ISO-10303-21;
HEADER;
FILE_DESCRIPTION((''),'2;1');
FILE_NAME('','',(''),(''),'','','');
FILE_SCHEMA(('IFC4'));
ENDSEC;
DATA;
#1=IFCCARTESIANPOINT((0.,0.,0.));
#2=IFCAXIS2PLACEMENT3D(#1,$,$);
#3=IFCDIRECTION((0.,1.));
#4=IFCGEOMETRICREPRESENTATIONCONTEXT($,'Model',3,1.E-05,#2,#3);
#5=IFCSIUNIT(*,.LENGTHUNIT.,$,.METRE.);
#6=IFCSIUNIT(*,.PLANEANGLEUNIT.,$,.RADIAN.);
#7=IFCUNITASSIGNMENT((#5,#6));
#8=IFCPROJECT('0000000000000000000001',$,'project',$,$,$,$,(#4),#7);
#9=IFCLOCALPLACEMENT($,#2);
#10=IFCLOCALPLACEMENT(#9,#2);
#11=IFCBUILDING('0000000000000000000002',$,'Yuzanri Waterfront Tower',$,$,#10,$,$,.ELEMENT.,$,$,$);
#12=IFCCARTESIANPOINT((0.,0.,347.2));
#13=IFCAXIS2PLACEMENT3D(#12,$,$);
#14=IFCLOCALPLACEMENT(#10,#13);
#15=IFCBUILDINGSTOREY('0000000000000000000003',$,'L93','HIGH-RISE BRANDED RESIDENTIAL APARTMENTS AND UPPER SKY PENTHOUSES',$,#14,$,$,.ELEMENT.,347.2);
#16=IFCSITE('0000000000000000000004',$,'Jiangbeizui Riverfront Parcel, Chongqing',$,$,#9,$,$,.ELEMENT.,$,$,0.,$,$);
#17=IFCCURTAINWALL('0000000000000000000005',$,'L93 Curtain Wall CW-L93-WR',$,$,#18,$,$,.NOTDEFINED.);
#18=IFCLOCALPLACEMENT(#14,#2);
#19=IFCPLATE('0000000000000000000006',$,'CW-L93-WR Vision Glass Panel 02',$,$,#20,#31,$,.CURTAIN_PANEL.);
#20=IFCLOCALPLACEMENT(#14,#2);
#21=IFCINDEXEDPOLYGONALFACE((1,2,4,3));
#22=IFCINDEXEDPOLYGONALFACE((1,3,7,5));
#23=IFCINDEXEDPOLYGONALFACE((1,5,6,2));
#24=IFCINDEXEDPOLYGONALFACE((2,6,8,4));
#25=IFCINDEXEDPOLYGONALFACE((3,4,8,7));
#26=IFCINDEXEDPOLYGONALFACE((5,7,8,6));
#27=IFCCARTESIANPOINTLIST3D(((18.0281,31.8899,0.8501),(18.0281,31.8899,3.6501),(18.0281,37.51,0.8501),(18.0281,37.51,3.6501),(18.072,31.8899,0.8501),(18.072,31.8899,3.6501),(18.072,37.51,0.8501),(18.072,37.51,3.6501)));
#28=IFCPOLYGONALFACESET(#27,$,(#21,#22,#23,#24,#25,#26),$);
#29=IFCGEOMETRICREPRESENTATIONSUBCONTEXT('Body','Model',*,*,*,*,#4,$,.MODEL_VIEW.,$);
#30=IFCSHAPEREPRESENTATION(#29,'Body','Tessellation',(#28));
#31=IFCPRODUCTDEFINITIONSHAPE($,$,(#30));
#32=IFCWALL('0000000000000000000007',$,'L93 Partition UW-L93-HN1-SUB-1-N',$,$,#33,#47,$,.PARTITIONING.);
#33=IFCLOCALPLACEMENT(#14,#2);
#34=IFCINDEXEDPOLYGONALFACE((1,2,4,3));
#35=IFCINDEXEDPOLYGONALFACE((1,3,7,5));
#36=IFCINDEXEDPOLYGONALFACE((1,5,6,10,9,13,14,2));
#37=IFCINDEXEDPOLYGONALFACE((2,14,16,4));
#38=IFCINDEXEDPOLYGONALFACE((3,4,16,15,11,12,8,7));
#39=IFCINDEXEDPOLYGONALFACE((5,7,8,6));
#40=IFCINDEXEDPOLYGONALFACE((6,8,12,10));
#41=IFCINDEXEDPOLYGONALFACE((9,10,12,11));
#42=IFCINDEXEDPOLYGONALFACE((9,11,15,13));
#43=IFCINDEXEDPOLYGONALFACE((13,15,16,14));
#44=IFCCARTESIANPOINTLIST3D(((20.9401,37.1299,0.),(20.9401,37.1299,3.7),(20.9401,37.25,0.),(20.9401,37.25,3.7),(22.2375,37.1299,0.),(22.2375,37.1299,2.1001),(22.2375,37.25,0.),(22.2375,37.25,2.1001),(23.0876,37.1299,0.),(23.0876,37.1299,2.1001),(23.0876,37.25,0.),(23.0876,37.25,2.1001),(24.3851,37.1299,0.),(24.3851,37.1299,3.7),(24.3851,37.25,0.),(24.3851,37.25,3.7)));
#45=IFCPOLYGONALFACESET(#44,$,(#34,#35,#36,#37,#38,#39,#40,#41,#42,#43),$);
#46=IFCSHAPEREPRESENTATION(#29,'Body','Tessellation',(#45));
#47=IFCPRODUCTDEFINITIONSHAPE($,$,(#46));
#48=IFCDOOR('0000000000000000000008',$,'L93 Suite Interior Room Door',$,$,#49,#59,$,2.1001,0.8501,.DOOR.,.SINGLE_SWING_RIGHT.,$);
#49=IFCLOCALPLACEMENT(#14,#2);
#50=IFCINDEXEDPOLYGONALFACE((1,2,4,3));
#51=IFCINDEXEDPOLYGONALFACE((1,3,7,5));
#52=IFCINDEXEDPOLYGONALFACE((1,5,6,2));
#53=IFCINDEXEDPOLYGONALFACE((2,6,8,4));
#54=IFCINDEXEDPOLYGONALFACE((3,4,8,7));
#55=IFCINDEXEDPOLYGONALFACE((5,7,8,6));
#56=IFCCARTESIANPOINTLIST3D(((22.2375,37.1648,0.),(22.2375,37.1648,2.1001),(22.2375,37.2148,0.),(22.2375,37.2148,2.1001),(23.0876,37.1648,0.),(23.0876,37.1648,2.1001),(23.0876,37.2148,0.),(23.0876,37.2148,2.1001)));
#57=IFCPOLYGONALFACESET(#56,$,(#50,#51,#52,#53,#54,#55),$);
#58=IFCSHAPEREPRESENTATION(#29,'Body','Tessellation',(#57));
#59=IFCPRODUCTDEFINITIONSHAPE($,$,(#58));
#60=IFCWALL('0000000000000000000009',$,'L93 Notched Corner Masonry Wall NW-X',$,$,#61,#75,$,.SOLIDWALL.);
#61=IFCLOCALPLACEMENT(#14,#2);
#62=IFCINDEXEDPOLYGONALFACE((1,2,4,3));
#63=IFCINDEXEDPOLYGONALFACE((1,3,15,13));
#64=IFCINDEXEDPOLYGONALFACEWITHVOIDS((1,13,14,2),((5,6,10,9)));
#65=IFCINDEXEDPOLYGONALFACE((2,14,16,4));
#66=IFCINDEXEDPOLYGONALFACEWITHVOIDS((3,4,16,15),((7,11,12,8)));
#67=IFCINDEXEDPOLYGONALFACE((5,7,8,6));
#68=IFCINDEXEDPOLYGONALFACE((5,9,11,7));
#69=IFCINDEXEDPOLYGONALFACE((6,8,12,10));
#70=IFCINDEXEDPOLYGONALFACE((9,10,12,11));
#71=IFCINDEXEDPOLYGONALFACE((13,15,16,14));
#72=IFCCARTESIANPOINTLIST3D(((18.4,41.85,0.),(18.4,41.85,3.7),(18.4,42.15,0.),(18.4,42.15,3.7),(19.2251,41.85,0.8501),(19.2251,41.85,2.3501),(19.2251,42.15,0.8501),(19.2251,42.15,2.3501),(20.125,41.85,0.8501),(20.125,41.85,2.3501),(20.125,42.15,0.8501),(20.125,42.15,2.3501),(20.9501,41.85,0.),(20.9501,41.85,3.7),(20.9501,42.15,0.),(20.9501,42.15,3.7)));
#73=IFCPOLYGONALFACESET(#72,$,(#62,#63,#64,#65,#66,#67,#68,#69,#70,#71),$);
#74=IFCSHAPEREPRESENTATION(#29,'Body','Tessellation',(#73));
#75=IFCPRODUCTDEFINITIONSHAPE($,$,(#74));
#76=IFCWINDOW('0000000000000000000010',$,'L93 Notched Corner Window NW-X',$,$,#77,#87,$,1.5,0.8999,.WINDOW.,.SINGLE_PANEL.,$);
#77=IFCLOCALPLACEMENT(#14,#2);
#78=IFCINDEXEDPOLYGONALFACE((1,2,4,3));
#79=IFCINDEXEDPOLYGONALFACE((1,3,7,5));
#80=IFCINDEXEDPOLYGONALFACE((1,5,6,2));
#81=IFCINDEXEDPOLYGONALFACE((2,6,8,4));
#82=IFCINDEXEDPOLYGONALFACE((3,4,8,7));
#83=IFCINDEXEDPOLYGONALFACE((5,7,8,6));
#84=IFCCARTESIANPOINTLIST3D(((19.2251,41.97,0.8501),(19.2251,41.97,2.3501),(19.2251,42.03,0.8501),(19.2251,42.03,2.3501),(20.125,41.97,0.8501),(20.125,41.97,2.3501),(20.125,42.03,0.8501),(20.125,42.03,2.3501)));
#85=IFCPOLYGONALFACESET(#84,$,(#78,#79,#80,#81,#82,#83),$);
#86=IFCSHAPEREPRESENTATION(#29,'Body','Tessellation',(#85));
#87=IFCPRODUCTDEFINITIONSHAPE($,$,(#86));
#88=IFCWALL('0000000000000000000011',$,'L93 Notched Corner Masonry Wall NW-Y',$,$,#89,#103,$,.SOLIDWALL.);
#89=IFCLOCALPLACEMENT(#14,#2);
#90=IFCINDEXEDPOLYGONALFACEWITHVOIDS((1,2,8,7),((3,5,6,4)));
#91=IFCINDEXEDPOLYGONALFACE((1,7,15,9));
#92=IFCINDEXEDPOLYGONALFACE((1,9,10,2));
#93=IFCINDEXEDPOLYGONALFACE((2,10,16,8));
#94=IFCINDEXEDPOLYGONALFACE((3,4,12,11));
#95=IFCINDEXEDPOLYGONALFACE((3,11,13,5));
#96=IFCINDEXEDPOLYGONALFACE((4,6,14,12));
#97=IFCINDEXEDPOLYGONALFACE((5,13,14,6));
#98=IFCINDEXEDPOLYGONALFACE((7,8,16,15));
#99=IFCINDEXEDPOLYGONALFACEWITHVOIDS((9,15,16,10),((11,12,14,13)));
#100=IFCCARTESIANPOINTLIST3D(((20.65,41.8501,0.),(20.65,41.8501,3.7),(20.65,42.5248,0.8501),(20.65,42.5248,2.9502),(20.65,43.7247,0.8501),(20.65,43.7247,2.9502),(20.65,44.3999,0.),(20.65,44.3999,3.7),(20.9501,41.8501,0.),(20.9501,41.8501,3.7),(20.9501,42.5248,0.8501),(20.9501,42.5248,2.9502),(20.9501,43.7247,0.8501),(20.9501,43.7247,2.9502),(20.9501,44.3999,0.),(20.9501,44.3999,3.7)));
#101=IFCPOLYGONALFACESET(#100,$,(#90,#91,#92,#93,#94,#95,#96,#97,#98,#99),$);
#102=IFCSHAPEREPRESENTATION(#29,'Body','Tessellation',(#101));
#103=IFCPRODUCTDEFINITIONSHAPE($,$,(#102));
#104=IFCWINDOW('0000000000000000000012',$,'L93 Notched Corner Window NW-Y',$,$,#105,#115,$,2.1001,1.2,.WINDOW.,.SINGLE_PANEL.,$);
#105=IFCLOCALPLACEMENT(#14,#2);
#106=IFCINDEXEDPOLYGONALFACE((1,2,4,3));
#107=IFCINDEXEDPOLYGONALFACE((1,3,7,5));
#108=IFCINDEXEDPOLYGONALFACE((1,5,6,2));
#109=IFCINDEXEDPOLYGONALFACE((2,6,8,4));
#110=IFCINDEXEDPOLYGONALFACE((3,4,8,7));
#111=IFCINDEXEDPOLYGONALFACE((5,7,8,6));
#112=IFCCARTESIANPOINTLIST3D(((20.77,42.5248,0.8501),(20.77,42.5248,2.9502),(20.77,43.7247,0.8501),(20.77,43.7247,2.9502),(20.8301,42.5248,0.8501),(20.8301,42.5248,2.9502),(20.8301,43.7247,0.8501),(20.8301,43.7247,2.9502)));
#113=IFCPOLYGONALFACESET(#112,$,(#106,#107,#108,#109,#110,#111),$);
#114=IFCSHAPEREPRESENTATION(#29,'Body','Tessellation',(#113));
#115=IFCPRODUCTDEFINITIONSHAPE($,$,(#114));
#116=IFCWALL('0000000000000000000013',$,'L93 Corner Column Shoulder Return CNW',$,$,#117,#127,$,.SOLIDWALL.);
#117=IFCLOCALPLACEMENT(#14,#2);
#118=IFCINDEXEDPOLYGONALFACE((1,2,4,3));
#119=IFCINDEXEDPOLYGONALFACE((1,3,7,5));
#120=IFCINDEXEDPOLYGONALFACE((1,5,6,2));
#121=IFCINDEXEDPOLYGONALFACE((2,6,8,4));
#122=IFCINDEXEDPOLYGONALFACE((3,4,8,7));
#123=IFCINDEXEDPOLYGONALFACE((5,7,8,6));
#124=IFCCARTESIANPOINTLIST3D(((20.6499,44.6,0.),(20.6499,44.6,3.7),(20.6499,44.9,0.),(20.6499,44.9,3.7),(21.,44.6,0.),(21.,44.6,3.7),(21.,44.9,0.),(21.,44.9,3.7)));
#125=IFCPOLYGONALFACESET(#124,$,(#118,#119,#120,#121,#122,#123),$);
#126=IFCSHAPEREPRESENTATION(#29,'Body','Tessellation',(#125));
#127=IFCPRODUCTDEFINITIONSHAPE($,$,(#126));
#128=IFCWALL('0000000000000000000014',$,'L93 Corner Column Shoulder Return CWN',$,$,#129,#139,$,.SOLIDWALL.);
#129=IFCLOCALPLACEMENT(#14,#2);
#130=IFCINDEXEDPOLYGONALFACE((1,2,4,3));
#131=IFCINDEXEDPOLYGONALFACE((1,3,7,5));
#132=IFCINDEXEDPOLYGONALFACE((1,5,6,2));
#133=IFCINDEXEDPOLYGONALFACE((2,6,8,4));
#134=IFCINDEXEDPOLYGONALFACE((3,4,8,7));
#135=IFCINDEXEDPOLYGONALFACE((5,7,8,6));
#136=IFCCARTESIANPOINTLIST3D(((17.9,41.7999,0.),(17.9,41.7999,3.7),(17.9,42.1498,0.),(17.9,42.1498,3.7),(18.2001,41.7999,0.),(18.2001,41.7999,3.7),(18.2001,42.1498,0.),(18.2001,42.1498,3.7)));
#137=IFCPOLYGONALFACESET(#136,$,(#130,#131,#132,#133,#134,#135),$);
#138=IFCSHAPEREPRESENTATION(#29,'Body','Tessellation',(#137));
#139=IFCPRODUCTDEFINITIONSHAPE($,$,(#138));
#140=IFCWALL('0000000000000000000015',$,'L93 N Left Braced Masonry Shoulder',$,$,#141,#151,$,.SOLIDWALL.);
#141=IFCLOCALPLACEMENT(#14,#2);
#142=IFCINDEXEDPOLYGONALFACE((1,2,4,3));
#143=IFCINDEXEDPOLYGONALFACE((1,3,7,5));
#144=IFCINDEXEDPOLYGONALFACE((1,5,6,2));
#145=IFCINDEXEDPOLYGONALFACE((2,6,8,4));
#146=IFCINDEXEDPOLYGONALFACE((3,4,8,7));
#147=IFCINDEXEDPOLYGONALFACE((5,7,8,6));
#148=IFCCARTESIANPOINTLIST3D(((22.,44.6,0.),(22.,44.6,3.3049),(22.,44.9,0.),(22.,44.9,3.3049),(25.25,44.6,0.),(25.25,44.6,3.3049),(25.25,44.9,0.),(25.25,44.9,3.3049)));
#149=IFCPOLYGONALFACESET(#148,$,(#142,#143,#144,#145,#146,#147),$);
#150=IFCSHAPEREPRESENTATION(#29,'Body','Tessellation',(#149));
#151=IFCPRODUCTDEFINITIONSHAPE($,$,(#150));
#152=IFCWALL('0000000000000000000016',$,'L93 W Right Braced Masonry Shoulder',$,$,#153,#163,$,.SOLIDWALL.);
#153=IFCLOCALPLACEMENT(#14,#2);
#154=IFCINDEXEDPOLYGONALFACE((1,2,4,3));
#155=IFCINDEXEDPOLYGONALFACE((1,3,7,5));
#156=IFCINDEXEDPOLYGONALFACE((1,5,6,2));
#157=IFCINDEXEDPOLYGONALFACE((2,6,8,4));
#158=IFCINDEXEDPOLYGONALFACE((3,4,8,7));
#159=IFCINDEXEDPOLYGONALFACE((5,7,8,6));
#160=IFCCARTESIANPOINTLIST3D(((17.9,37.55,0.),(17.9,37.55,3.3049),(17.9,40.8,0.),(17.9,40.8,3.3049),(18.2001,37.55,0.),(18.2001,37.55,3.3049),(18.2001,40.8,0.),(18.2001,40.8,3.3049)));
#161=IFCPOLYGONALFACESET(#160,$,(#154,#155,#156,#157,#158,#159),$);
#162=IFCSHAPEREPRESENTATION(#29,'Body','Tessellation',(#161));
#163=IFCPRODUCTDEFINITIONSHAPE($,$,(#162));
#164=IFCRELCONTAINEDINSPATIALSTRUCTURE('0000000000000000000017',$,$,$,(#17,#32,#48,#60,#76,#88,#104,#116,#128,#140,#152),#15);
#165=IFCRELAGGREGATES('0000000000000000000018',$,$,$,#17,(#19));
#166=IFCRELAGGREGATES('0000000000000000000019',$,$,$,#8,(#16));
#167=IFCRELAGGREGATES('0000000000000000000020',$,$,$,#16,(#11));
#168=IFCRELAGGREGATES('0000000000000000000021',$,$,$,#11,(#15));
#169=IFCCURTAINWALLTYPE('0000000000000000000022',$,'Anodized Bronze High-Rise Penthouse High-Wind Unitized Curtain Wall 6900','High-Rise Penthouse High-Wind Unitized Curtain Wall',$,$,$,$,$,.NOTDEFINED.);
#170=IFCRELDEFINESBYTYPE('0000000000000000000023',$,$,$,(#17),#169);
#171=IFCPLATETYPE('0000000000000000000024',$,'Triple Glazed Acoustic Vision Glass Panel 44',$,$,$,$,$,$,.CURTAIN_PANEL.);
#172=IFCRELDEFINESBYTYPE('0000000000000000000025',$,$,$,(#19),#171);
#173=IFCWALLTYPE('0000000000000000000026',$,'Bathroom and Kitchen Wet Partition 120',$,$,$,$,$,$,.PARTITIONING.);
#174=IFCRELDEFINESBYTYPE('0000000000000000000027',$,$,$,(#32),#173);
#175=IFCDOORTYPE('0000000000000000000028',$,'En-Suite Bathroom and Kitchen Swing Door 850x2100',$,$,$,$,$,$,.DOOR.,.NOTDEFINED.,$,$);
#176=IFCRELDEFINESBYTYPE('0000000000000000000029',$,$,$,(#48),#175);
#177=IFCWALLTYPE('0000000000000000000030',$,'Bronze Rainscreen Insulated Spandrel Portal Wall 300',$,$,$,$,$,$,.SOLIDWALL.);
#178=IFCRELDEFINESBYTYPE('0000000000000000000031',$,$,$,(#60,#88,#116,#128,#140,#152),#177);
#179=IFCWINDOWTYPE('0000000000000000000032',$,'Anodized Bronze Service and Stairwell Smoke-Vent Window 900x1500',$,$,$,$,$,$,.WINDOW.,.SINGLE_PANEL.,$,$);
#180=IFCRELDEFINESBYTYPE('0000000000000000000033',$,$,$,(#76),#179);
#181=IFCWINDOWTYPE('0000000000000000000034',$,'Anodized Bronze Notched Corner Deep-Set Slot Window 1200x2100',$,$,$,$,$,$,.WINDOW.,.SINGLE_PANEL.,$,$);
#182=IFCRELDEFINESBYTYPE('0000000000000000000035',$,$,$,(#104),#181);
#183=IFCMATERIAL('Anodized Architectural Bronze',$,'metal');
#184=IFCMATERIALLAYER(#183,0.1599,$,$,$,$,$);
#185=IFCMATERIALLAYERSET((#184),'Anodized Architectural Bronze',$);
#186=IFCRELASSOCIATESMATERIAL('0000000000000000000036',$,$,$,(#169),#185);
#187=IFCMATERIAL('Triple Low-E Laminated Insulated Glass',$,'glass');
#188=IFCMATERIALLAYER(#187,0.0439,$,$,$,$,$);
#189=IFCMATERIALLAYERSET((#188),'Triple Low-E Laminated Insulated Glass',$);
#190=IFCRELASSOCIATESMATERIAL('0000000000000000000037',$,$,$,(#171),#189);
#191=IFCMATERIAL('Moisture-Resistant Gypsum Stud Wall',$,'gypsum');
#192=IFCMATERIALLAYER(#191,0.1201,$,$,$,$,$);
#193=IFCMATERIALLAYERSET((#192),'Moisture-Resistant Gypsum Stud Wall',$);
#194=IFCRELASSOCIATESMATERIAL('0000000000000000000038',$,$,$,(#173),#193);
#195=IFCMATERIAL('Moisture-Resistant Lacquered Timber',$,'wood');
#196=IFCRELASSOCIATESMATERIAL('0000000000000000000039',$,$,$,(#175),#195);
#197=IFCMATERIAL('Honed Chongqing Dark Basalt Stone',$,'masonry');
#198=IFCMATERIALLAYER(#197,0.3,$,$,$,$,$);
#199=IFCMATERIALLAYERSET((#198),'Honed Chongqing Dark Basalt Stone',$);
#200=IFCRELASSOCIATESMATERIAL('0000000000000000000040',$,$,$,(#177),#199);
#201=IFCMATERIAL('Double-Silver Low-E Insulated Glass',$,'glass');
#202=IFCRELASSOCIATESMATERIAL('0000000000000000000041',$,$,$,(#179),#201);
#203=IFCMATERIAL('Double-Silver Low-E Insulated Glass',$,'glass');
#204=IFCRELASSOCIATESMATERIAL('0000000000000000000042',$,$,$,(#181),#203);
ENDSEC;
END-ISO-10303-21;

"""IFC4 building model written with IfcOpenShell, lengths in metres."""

from ifc_helpers import new_model, si_unit, direction, frame, frame_2d, origin, origin_2d, place, context, subcontext, project, spatial, rectangle, extrude, source, transform, mapped, material, layer, layer_set, type_object, element, fill, aggregate, save


model = new_model("IFC4")

# Units and contexts
model_context = context("Model", 3, precision=1e-05, world=origin(), true_north=direction((0.0, 1.0)))
body_context = subcontext(model_context, "Body", "Model", "MODEL_VIEW")
ifc_project = project(units=[si_unit("LENGTHUNIT", "METRE"), si_unit("PLANEANGLEUNIT", "RADIAN")], contexts=[model_context])

# Site, building, storey
site_placement = place(None, origin())
site = spatial("IfcSite", under=ifc_project, at=site_placement, Name="Jiangbeizui Riverfront Parcel, Chongqing", CompositionType="ELEMENT", RefElevation=0.0)
building_placement = place(site_placement, origin())
building = spatial("IfcBuilding", under=site, at=building_placement, Name="Yuzanri Waterfront Tower", CompositionType="ELEMENT")
storey_placement = place(building_placement, frame((0.0, 0.0, 347.2)))
storey = spatial("IfcBuildingStorey", under=building, at=storey_placement, Name="L93", Description="HIGH-RISE BRANDED RESIDENTIAL APARTMENTS AND UPPER SKY PENTHOUSES", CompositionType="ELEMENT", Elevation=347.2)

# Curtain wall
ifc_material_1 = material(Name="Anodized Architectural Bronze", Category="metal")
ifc_layer_1 = layer(ifc_material_1, 0.1599)
ifc_layer_set_1 = layer_set([ifc_layer_1], Name="Anodized Architectural Bronze")
curtain_wall_type = type_object("IfcCurtainWallType", Name="Anodized Bronze High-Rise Penthouse High-Wind Unitized Curtain Wall 6900", Description="High-Rise Penthouse High-Wind Unitized Curtain Wall", PredefinedType="NOTDEFINED", material=ifc_layer_set_1)
curtain_wall_placement = place(storey_placement, origin())
curtain_wall = element("IfcCurtainWall", 1, at=curtain_wall_placement, inside=storey, type_object=curtain_wall_type, Name="L93 Curtain Wall CW-L93-WR", PredefinedType="NOTDEFINED")

# Plate
ifc_material_2 = material(Name="Triple Low-E Laminated Insulated Glass", Category="glass")
ifc_layer_2 = layer(ifc_material_2, 0.0439)
ifc_layer_set_2 = layer_set([ifc_layer_2], Name="Triple Low-E Laminated Insulated Glass")
plate_type_1 = type_object("IfcPlateType", Name="Triple Glazed Acoustic Vision Glass Panel 44", PredefinedType="CURTAIN_PANEL", material=ifc_layer_set_2)
shared_shape_1 = source(origin(), body_context, "Body", "SweptSolid", [
    extrude(rectangle(XDim=5.6201, YDim=0.0439, at=origin_2d()), origin(), (0.0, 0.0, 1.0), 2.8),
])
plate_1_placement = place(storey_placement, frame((18.05, 34.7, 0.8501), z_axis=(0.0, 0.0, 1.0), x_axis=(0.0, 1.0, 0.0)))
plate_1 = element("IfcPlate", 2, at=plate_1_placement, type_object=plate_type_1, Name="CW-L93-WR Vision Glass Panel 02", PredefinedType="CURTAIN_PANEL", context=body_context, shape_type="MappedRepresentation", body=[
    mapped(shared_shape_1, transform((0.0, 0.0, 0.0), scale=1.0)),
])
aggregate(curtain_wall, [plate_1])

# Wall, opening, door
ifc_material_3 = material(Name="Moisture-Resistant Gypsum Stud Wall", Category="gypsum")
ifc_layer_3 = layer(ifc_material_3, 0.1201)
ifc_layer_set_3 = layer_set([ifc_layer_3], Name="Moisture-Resistant Gypsum Stud Wall")
wall_type_1 = type_object("IfcWallType", Name="Bathroom and Kitchen Wet Partition 120", PredefinedType="PARTITIONING", material=ifc_layer_set_3)
wall_1_placement = place(storey_placement, frame((20.9399, 37.1899, 0.0), z_axis=(0.0, 0.0, 1.0), x_axis=(1.0, 0.0, 0.0)))
wall_1 = element("IfcWall", 3, at=wall_1_placement, inside=storey, type_object=wall_type_1, Name="L93 Partition UW-L93-HN1-SUB-1-N", PredefinedType="PARTITIONING", context=body_context, shape_type="SweptSolid", body=[
    extrude(rectangle(XDim=3.4451, YDim=0.1201, at=frame_2d((1.7227, 0.0))), origin(), (0.0, 0.0, 1.0), 3.7),
])
opening_1_placement = place(wall_1_placement, frame((1.2976, 0.0, 0.0)))
opening_1 = element("IfcOpeningElement", 4, at=opening_1_placement, cuts=wall_1, PredefinedType="OPENING", context=body_context, shape_type="SweptSolid", body=[
    extrude(rectangle(XDim=0.8501, YDim=2.1001, at=frame_2d((0.425, 1.05))), frame((0.0, 0.075, 0.0), z_axis=(0.0, -1.0, 0.0), x_axis=(1.0, 0.0, 0.0)), (0.0, 0.0, 1.0), 0.1499),
])
ifc_material_4 = material(Name="Moisture-Resistant Lacquered Timber", Category="wood")
door_type = type_object("IfcDoorType", Name="En-Suite Bathroom and Kitchen Swing Door 850x2100", OperationType="NOTDEFINED", PredefinedType="DOOR", material=ifc_material_4)
shared_shape_2 = source(origin(), body_context, "Body", "SweptSolid", [
    extrude(rectangle(XDim=0.8501, YDim=2.1001, at=frame_2d((0.425, 1.05))), frame((0.0, 0.0249, 0.0), z_axis=(0.0, -1.0, 0.0), x_axis=(1.0, 0.0, 0.0)), (0.0, 0.0, 1.0), 0.05),
])
door_placement = place(opening_1_placement, origin())
door = element("IfcDoor", 5, at=door_placement, inside=storey, type_object=door_type, Name="L93 Suite Interior Room Door", OperationType="SINGLE_SWING_RIGHT", OverallHeight=2.1001, OverallWidth=0.8501, PredefinedType="DOOR", context=body_context, shape_type="MappedRepresentation", body=[
    mapped(shared_shape_2, transform((0.0, 0.0, 0.0), scale=1.0)),
])
fill(opening_1, door)

# Walls, openings, windows
ifc_material_5 = material(Name="Honed Chongqing Dark Basalt Stone", Category="masonry")
ifc_layer_4 = layer(ifc_material_5, 0.3)
ifc_layer_set_4 = layer_set([ifc_layer_4], Name="Honed Chongqing Dark Basalt Stone")
wall_type_2 = type_object("IfcWallType", Name="Bronze Rainscreen Insulated Spandrel Portal Wall 300", PredefinedType="SOLIDWALL", material=ifc_layer_set_4)
wall_2_placement = place(storey_placement, frame((20.95, 42.0, 0.0), z_axis=(0.0, 0.0, 1.0), x_axis=(-1.0, 0.0, 0.0)))
wall_2 = element("IfcWall", 6, at=wall_2_placement, inside=storey, type_object=wall_type_2, Name="L93 Notched Corner Masonry Wall NW-X", PredefinedType="SOLIDWALL", context=body_context, shape_type="SweptSolid", body=[
    extrude(rectangle(XDim=2.55, YDim=0.3, at=frame_2d((1.2749, 0.0))), origin(), (0.0, 0.0, 1.0), 3.7),
])
opening_2_placement = place(wall_2_placement, frame((0.825, 0.0, 0.8501)))
opening_2 = element("IfcOpeningElement", 7, at=opening_2_placement, cuts=wall_2, PredefinedType="OPENING", context=body_context, shape_type="SweptSolid", body=[
    extrude(rectangle(XDim=0.8999, YDim=1.5, at=frame_2d((0.45, 0.75))), frame((0.0, 0.165, 0.0), z_axis=(0.0, -1.0, 0.0), x_axis=(1.0, 0.0, 0.0)), (0.0, 0.0, 1.0), 0.3298),
])
ifc_material_6 = material(Name="Double-Silver Low-E Insulated Glass", Category="glass")
window_type_1 = type_object("IfcWindowType", Name="Anodized Bronze Service and Stairwell Smoke-Vent Window 900x1500", PartitioningType="SINGLE_PANEL", PredefinedType="WINDOW", material=ifc_material_6)
shared_shape_3 = source(origin(), body_context, "Body", "SweptSolid", [
    extrude(rectangle(XDim=0.8999, YDim=1.5, at=frame_2d((0.45, 0.75))), frame((0.0, 0.03, 0.0), z_axis=(0.0, -1.0, 0.0), x_axis=(1.0, 0.0, 0.0)), (0.0, 0.0, 1.0), 0.0601),
])
window_1_placement = place(opening_2_placement, origin())
window_1 = element("IfcWindow", 8, at=window_1_placement, inside=storey, type_object=window_type_1, Name="L93 Notched Corner Window NW-X", OverallHeight=1.5, OverallWidth=0.8999, PartitioningType="SINGLE_PANEL", PredefinedType="WINDOW", context=body_context, shape_type="MappedRepresentation", body=[
    mapped(shared_shape_3, transform((0.0, 0.0, 0.0), scale=1.0)),
])
fill(opening_2, window_1)
wall_3_placement = place(storey_placement, frame((20.8, 44.3999, 0.0), z_axis=(0.0, 0.0, 1.0), x_axis=(0.0, -1.0, 0.0)))
wall_3 = element("IfcWall", 9, at=wall_3_placement, inside=storey, type_object=wall_type_2, Name="L93 Notched Corner Masonry Wall NW-Y", PredefinedType="SOLIDWALL", context=body_context, shape_type="SweptSolid", body=[
    extrude(rectangle(XDim=2.5498, YDim=0.3, at=frame_2d((1.2749, 0.0))), origin(), (0.0, 0.0, 1.0), 3.7),
])
opening_3_placement = place(wall_3_placement, frame((0.675, 0.0, 0.8501)))
opening_3 = element("IfcOpeningElement", 10, at=opening_3_placement, cuts=wall_3, PredefinedType="OPENING", context=body_context, shape_type="SweptSolid", body=[
    extrude(rectangle(XDim=1.2, YDim=2.1001, at=frame_2d((0.6001, 1.05))), frame((0.0, 0.165, 0.0), z_axis=(0.0, -1.0, 0.0), x_axis=(1.0, 0.0, 0.0)), (0.0, 0.0, 1.0), 0.3298),
])
ifc_material_7 = material(Name="Double-Silver Low-E Insulated Glass", Category="glass")
window_type_2 = type_object("IfcWindowType", Name="Anodized Bronze Notched Corner Deep-Set Slot Window 1200x2100", PartitioningType="SINGLE_PANEL", PredefinedType="WINDOW", material=ifc_material_7)
shared_shape_4 = source(origin(), body_context, "Body", "SweptSolid", [
    extrude(rectangle(XDim=1.2, YDim=2.1001, at=frame_2d((0.6001, 1.05))), frame((0.0, 0.03, 0.0), z_axis=(0.0, -1.0, 0.0), x_axis=(1.0, 0.0, 0.0)), (0.0, 0.0, 1.0), 0.0601),
])
window_2_placement = place(opening_3_placement, origin())
window_2 = element("IfcWindow", 11, at=window_2_placement, inside=storey, type_object=window_type_2, Name="L93 Notched Corner Window NW-Y", OverallHeight=2.1001, OverallWidth=1.2, PartitioningType="SINGLE_PANEL", PredefinedType="WINDOW", context=body_context, shape_type="MappedRepresentation", body=[
    mapped(shared_shape_4, transform((0.0, 0.0, 0.0), scale=1.0)),
])
fill(opening_3, window_2)

# Walls
shared_shape_5 = source(origin(), body_context, "Body", "SweptSolid", [
    extrude(rectangle(XDim=0.3501, YDim=0.3, at=frame_2d((0.175, 0.0))), origin(), (0.0, 0.0, 1.0), 3.7),
])
wall_4_placement = place(storey_placement, frame((20.6499, 44.75, 0.0), z_axis=(0.0, 0.0, 1.0), x_axis=(1.0, 0.0, 0.0)))
element("IfcWall", 12, at=wall_4_placement, inside=storey, type_object=wall_type_2, Name="L93 Corner Column Shoulder Return CNW", PredefinedType="SOLIDWALL", context=body_context, shape_type="MappedRepresentation", body=[
    mapped(shared_shape_5, transform((0.0, 0.0, 0.0), scale=1.0)),
])
shared_shape_6 = source(origin(), body_context, "Body", "SweptSolid", [
    extrude(rectangle(XDim=0.3499, YDim=0.3, at=frame_2d((0.1748, 0.0))), origin(), (0.0, 0.0, 1.0), 3.7),
])
wall_5_placement = place(storey_placement, frame((18.05, 41.8, 0.0), z_axis=(0.0, 0.0, 1.0), x_axis=(0.0, 1.0, 0.0)))
element("IfcWall", 13, at=wall_5_placement, inside=storey, type_object=wall_type_2, Name="L93 Corner Column Shoulder Return CWN", PredefinedType="SOLIDWALL", context=body_context, shape_type="MappedRepresentation", body=[
    mapped(shared_shape_6, transform((0.0, 0.0, 0.0), scale=1.0)),
])
shared_shape_7 = source(origin(), body_context, "Body", "SweptSolid", [
    extrude(rectangle(XDim=3.25, YDim=0.3, at=frame_2d((1.625, 0.0))), origin(), (0.0, 0.0, 1.0), 3.3049),
])
for number, where, z_axis, x_axis, name in (
    (14, (22.0, 44.75, 0.0), (0.0, 0.0, 1.0), (1.0, 0.0, 0.0), "L93 N Left Braced Masonry Shoulder"),
    (15, (18.05, 37.55, 0.0), (0.0, 0.0, 1.0), (0.0, 1.0, 0.0), "L93 W Right Braced Masonry Shoulder"),
):
    element("IfcWall", number, at=place(storey_placement, frame(where, z_axis=z_axis, x_axis=x_axis)), inside=storey, type_object=wall_type_2, Name=name, PredefinedType="SOLIDWALL", context=body_context, shape_type="MappedRepresentation", body=[
        mapped(shared_shape_7, transform((0.0, 0.0, 0.0), scale=1.0)),
    ])

save(model, "model.ifc")
